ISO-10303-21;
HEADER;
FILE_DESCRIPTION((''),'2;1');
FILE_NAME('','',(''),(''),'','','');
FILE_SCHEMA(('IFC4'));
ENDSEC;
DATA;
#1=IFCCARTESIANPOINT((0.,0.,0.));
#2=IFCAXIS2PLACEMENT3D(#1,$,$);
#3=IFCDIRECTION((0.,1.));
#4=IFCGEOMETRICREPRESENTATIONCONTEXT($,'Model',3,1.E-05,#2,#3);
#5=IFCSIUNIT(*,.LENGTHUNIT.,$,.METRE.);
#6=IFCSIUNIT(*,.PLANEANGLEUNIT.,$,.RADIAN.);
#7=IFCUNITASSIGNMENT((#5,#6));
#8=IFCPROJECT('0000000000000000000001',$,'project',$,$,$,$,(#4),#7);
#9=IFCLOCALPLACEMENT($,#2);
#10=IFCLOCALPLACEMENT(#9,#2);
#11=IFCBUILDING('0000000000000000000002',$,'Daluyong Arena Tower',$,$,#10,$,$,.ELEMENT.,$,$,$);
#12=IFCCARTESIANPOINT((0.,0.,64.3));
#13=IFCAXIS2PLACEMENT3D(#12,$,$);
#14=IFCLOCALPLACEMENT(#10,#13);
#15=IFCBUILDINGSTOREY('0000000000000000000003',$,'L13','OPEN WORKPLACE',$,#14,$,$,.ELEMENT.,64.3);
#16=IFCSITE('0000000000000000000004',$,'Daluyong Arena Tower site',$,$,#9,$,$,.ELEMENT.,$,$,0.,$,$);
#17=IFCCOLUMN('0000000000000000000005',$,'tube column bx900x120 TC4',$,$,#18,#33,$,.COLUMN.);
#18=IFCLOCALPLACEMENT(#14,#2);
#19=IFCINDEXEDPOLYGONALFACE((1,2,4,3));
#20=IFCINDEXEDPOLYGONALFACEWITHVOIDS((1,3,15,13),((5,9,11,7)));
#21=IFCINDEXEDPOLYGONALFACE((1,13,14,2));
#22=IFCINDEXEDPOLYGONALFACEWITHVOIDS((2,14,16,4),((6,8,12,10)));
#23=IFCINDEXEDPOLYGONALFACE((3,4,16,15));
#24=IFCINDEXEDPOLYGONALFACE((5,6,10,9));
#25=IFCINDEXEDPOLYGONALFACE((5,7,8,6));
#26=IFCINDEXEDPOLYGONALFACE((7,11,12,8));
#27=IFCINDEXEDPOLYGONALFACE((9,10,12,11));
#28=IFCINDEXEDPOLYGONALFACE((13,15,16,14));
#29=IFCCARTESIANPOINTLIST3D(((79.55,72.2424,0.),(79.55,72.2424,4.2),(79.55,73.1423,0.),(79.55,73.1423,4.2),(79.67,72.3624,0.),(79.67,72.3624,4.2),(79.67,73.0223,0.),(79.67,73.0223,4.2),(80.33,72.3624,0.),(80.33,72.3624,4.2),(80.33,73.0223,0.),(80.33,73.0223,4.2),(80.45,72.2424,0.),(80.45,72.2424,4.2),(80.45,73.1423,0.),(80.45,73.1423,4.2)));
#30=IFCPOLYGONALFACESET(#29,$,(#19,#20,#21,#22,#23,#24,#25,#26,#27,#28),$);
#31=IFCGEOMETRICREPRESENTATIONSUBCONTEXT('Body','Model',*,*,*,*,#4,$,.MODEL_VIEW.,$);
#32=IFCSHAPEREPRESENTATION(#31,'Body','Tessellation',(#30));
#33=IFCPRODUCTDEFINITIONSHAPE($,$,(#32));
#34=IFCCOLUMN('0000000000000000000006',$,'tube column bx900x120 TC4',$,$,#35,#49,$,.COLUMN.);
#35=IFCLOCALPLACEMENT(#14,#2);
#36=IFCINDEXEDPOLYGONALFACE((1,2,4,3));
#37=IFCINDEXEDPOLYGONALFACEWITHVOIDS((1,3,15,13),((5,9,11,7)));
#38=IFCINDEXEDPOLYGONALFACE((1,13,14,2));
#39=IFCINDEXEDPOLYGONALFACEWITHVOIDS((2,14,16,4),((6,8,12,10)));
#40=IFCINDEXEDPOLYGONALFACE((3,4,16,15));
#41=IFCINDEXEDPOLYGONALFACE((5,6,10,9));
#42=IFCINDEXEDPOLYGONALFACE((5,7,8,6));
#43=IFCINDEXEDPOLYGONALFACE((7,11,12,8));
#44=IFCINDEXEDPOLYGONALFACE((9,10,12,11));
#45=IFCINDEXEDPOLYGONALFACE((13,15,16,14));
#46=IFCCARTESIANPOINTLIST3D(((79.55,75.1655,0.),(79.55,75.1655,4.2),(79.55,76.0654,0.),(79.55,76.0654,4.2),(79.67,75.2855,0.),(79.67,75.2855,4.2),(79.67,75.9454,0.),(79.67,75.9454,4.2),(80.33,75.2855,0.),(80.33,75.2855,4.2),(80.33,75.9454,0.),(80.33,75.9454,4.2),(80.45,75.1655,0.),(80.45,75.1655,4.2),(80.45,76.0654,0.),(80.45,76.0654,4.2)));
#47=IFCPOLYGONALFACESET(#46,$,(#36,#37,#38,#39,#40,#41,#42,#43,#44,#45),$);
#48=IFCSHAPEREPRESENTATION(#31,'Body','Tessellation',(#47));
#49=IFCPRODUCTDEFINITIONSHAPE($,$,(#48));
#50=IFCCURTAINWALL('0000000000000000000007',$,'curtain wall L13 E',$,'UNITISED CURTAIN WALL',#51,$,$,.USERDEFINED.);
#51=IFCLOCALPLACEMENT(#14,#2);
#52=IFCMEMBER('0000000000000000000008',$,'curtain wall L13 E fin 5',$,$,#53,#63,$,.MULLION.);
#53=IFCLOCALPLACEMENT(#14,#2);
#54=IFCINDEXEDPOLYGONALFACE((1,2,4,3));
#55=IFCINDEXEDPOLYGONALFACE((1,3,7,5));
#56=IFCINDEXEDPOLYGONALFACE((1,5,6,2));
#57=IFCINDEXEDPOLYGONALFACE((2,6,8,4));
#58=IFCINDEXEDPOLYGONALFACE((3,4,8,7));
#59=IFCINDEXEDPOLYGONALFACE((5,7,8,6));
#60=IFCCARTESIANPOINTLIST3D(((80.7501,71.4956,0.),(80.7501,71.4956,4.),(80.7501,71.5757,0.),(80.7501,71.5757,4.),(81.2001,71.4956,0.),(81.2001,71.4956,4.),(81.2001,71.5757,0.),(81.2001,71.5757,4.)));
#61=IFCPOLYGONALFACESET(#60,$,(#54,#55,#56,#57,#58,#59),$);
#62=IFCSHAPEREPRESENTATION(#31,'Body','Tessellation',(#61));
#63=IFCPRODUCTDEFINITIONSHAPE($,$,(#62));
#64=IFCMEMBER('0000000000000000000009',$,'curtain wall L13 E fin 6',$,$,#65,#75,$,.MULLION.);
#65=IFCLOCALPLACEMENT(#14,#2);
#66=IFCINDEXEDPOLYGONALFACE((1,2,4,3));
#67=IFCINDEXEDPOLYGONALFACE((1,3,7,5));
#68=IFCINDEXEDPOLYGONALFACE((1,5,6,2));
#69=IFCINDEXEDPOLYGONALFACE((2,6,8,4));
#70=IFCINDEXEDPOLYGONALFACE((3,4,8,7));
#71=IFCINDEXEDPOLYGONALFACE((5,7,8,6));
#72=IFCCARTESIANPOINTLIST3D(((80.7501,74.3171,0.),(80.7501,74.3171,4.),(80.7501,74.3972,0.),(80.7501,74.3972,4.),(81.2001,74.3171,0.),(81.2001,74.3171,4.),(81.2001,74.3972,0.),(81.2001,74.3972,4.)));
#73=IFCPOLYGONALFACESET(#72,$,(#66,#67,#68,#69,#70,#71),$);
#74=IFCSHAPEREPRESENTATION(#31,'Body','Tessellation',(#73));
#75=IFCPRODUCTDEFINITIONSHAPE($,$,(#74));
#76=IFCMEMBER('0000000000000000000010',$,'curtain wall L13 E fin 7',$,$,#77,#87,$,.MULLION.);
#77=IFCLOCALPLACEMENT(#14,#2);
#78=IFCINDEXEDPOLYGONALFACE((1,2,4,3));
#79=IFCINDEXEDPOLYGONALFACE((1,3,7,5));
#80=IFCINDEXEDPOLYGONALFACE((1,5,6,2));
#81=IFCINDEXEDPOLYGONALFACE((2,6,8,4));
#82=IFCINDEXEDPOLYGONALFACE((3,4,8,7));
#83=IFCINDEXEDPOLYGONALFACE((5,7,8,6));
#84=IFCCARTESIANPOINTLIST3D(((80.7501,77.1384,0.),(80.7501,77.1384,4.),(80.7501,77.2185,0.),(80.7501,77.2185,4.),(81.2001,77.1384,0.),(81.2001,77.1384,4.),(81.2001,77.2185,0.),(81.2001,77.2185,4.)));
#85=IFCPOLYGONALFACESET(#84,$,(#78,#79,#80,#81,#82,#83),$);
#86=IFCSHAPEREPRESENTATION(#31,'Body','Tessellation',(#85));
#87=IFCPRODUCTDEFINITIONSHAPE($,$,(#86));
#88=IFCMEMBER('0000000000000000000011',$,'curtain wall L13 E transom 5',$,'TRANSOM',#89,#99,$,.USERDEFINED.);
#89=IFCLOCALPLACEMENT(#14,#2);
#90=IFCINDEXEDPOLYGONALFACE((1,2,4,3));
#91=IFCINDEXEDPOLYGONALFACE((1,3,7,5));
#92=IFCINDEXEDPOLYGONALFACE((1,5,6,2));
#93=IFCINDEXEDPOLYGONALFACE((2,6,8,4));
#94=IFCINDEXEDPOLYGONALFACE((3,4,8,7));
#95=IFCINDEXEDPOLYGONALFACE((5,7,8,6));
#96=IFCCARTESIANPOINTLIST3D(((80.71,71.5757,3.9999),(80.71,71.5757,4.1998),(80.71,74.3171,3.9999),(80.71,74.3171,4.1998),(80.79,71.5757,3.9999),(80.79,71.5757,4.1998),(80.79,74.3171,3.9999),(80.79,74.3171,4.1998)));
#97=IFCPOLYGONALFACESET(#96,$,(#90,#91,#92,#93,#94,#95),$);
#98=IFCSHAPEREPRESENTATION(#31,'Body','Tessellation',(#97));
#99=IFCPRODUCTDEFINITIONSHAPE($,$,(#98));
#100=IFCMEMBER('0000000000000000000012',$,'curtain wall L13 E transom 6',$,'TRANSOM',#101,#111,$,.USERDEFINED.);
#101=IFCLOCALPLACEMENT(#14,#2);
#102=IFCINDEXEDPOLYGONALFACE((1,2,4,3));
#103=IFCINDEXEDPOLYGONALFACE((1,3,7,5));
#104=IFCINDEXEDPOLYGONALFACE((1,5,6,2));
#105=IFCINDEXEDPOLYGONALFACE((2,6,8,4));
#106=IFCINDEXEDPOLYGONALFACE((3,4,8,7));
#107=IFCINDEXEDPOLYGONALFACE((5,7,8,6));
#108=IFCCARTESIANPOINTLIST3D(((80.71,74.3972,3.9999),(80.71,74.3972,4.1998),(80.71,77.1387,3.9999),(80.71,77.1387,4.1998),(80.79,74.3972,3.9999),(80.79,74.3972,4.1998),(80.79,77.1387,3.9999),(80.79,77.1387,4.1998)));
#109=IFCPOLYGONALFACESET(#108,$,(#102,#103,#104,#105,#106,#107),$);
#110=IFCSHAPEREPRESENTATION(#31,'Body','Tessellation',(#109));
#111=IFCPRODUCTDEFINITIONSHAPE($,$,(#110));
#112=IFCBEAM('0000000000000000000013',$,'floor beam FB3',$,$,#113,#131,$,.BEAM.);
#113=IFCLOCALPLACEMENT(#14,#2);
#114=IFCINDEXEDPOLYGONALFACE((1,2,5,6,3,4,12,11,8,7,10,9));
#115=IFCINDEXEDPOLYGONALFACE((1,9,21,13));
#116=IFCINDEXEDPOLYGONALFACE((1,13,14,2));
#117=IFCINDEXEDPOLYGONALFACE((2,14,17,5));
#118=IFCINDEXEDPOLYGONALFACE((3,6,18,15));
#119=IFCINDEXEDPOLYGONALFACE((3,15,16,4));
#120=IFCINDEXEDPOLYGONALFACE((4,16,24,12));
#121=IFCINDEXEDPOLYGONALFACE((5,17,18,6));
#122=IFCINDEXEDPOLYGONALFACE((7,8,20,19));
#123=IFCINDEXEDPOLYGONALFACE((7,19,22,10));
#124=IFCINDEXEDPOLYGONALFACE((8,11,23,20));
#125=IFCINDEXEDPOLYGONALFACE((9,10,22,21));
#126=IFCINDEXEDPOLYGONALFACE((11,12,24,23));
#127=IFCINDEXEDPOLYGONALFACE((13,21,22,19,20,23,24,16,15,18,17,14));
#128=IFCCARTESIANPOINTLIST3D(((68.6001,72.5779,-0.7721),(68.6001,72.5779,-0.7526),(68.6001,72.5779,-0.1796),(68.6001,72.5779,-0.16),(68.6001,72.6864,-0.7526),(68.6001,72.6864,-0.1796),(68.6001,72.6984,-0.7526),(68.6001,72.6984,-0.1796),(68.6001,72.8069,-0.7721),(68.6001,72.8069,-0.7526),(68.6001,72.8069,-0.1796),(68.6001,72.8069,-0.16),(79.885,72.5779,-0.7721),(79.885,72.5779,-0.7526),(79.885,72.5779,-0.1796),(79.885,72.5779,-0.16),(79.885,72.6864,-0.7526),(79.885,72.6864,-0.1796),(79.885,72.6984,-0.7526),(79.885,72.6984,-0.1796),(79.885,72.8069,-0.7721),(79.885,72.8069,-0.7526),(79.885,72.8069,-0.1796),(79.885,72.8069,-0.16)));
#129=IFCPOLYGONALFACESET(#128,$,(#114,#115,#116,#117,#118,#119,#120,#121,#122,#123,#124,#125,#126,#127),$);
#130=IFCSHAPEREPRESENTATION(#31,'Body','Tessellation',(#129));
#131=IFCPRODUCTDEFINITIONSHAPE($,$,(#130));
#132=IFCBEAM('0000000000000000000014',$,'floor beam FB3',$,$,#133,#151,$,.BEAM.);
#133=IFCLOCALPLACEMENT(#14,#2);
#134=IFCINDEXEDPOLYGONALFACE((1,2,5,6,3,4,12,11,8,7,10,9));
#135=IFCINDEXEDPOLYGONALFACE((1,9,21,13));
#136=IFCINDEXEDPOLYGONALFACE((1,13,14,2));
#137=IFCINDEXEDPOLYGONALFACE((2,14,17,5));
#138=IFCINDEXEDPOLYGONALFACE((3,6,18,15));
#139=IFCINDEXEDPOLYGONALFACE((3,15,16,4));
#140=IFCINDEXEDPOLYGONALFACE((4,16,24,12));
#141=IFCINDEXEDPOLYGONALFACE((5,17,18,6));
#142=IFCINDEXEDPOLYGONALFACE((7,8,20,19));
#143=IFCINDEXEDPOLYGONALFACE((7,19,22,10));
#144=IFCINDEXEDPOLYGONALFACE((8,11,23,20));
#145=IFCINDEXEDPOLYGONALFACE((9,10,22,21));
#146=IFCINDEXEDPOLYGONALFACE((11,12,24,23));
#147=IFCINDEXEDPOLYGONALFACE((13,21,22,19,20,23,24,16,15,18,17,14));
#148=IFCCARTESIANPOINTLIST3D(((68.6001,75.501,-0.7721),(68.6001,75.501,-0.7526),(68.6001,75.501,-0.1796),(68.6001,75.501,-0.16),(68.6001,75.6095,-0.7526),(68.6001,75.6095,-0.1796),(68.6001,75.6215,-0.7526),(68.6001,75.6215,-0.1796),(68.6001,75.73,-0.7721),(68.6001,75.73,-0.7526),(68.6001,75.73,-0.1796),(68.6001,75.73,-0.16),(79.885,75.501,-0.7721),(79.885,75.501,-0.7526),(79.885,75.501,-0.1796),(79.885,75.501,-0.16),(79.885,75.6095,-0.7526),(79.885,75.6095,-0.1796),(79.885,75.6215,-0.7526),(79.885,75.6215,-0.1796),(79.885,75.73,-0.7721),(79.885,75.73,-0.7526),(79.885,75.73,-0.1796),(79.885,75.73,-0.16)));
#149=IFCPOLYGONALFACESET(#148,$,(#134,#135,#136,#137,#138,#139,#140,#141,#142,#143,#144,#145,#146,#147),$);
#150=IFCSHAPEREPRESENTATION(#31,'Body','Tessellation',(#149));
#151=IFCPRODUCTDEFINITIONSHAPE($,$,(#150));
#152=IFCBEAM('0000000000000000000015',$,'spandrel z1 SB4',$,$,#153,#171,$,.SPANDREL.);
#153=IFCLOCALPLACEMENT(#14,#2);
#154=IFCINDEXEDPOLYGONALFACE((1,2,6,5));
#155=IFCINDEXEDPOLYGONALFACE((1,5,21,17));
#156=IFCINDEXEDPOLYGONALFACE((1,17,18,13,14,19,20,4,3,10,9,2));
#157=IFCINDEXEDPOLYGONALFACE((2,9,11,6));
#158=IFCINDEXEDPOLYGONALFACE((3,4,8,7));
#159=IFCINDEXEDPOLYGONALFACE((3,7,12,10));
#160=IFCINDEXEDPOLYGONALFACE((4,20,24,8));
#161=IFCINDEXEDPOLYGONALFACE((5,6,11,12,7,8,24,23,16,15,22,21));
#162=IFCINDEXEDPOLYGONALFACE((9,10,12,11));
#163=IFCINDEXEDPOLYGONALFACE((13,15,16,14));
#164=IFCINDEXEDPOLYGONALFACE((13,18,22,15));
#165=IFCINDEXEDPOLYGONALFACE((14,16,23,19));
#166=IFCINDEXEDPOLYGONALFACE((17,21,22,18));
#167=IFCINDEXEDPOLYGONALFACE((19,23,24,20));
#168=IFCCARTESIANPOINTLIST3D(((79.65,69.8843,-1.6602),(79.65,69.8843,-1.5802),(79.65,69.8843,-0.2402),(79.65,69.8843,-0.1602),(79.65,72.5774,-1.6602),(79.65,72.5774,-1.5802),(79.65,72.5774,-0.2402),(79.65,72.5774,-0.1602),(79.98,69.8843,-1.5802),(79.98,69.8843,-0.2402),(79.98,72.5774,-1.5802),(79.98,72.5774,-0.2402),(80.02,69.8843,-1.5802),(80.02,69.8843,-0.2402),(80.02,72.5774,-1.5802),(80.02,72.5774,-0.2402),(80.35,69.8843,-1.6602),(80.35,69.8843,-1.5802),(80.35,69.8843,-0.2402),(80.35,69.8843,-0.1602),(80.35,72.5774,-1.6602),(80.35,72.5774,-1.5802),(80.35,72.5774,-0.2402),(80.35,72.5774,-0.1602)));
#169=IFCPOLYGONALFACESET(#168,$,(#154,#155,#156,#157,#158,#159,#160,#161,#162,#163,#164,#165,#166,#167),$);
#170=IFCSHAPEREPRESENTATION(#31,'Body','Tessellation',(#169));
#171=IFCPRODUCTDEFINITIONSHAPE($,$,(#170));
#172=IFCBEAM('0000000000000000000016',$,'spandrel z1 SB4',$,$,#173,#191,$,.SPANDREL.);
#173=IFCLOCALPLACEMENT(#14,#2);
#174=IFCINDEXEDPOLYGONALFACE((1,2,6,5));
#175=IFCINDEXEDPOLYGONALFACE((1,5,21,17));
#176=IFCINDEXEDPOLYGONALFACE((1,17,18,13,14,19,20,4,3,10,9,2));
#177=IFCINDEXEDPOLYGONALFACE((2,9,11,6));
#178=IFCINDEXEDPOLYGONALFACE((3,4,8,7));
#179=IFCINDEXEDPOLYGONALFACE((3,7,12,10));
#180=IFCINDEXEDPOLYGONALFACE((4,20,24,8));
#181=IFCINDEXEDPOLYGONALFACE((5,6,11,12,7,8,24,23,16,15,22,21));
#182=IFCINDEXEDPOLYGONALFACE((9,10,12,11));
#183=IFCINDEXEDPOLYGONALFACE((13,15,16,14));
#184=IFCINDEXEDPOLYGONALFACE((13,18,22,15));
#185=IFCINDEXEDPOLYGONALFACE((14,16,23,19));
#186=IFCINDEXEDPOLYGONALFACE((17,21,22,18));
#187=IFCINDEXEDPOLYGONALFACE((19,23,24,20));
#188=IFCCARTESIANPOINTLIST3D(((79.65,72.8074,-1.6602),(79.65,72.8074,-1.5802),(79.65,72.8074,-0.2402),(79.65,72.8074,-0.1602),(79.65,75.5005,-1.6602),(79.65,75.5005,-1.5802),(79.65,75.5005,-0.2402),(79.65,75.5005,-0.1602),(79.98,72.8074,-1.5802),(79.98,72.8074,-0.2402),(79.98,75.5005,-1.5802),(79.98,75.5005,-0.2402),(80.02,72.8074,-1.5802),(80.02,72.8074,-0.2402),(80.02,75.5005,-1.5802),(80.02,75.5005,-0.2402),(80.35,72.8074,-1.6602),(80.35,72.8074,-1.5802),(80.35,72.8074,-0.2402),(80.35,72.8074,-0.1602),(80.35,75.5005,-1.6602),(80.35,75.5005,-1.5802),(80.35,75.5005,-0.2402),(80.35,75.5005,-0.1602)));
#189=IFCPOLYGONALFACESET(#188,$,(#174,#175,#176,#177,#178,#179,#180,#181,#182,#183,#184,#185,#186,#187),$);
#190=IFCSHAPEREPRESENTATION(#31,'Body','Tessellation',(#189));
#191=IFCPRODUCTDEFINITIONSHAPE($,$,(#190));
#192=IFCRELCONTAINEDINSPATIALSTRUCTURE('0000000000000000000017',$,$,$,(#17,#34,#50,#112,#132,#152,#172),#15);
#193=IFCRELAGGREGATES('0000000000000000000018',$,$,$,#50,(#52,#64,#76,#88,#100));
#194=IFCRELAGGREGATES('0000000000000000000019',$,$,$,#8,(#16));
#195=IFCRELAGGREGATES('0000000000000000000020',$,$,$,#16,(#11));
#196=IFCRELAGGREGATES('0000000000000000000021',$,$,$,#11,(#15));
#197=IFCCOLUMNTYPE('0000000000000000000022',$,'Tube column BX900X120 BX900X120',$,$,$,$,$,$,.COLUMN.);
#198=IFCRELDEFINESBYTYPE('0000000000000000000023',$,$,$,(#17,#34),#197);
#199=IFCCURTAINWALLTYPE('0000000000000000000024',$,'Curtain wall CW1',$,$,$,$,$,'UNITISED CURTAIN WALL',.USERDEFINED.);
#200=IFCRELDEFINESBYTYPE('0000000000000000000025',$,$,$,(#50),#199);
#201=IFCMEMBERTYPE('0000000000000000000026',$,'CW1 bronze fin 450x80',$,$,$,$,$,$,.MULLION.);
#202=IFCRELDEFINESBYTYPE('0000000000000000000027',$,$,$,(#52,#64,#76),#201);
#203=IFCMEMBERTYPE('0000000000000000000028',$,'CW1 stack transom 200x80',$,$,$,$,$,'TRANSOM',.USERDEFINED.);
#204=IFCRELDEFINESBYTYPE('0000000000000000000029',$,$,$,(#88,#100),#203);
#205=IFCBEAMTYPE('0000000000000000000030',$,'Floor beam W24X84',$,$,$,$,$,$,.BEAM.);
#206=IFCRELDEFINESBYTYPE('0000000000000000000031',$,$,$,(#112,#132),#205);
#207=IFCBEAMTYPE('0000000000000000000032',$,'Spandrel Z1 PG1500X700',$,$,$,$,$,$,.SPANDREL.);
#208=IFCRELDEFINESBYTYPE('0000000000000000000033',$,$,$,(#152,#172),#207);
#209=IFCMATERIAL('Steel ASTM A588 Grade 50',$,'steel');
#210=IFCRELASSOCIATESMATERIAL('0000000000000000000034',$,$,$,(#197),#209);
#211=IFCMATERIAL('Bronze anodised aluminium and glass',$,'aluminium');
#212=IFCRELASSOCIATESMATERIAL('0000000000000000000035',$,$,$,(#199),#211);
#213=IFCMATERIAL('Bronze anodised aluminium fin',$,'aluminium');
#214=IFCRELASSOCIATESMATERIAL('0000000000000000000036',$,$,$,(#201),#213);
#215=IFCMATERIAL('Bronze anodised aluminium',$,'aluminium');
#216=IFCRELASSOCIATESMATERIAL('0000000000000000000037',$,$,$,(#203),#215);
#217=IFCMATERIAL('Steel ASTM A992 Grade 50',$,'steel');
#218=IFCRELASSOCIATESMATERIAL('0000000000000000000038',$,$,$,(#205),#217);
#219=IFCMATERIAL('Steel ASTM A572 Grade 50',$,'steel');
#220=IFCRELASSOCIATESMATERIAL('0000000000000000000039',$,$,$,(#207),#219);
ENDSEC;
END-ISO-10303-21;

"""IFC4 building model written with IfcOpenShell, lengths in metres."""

from ifc_helpers import new_model, si_unit, direction, frame, origin, origin_2d, place, context, subcontext, project, spatial, rectangle, hollow_rectangle, i_section, extrude, material, material_profile, profile_set, type_object, element, aggregate, save


model = new_model("IFC4")

# Units and contexts
model_context = context("Model", 3, precision=1e-05, world=origin(), true_north=direction((0.0, 1.0)))
body_context = subcontext(model_context, "Body", "Model", "MODEL_VIEW")
ifc_project = project(units=[si_unit("LENGTHUNIT", "METRE"), si_unit("PLANEANGLEUNIT", "RADIAN")], contexts=[model_context])

# Site, building, storey
site_placement = place(None, origin())
site = spatial("IfcSite", under=ifc_project, at=site_placement, Name="Daluyong Arena Tower site", CompositionType="ELEMENT", RefElevation=0.0)
building_placement = place(site_placement, origin())
building = spatial("IfcBuilding", under=site, at=building_placement, Name="Daluyong Arena Tower", CompositionType="ELEMENT")
storey_placement = place(building_placement, frame((0.0, 0.0, 64.3)))
storey = spatial("IfcBuildingStorey", under=building, at=storey_placement, Name="L13", Description="OPEN WORKPLACE", CompositionType="ELEMENT", Elevation=64.3)

# Columns
ifc_material_1 = material(Name="Steel ASTM A588 Grade 50", Category="steel")
ifc_material_profile_1 = material_profile(ifc_material_1, hollow_rectangle(XDim=0.8999, YDim=0.8999, WallThickness=0.12, at=origin_2d()))
ifc_profile_set_1 = profile_set([ifc_material_profile_1], Name="Steel ASTM A588 Grade 50")
column_type = type_object("IfcColumnType", Name="Tube column BX900X120 BX900X120", PredefinedType="COLUMN", material=ifc_profile_set_1)
for number, where, z_axis, x_axis, name in (
    (1, (80.0, 72.6924, 0.0), (0.0, 0.0, 1.0), (0.0, 1.0, 0.0), "tube column bx900x120 TC4"),
    (2, (80.0, 75.6155, 0.0), (0.0, 0.0, 1.0), (0.0, 1.0, 0.0), "tube column bx900x120 TC4"),
):
    element("IfcColumn", number, at=place(storey_placement, frame(where, z_axis=z_axis, x_axis=x_axis)), inside=storey, type_object=column_type, Name=name, PredefinedType="COLUMN", context=body_context, shape_type="SweptSolid", body=[
        extrude(hollow_rectangle(XDim=0.8999, YDim=0.8999, WallThickness=0.12, at=origin_2d()), origin(), (0.0, 0.0, 1.0), 4.2),
    ])

# Curtain wall, members
ifc_material_2 = material(Name="Bronze anodised aluminium and glass", Category="aluminium")
curtain_wall_type = type_object("IfcCurtainWallType", Name="Curtain wall CW1", ElementType="UNITISED CURTAIN WALL", PredefinedType="USERDEFINED", material=ifc_material_2)
curtain_wall_placement = place(storey_placement, origin())
curtain_wall = element("IfcCurtainWall", 3, at=curtain_wall_placement, inside=storey, type_object=curtain_wall_type, Name="curtain wall L13 E", ObjectType="UNITISED CURTAIN WALL", PredefinedType="USERDEFINED")
ifc_material_3 = material(Name="Bronze anodised aluminium fin", Category="aluminium")
ifc_material_profile_2 = material_profile(ifc_material_3, rectangle(XDim=0.45, YDim=0.0801, at=origin_2d()))
ifc_profile_set_2 = profile_set([ifc_material_profile_2], Name="Bronze anodised aluminium fin")
member_type_1 = type_object("IfcMemberType", Name="CW1 bronze fin 450x80", PredefinedType="MULLION", material=ifc_profile_set_2)
member_1_placement = place(storey_placement, frame((80.9751, 71.5356, 0.0), z_axis=(0.0, 0.0, 1.0), x_axis=(-1.0, 0.0, 0.0)))
member_1 = element("IfcMember", 4, at=member_1_placement, type_object=member_type_1, Name="curtain wall L13 E fin 5", PredefinedType="MULLION", context=body_context, shape_type="SweptSolid", body=[
    extrude(rectangle(XDim=0.45, YDim=0.0801, at=origin_2d()), origin(), (0.0, 0.0, 1.0), 4.0),
])
member_2_placement = place(storey_placement, frame((80.9751, 74.3572, 0.0), z_axis=(0.0, 0.0, 1.0), x_axis=(-1.0, 0.0, 0.0)))
member_2 = element("IfcMember", 5, at=member_2_placement, type_object=member_type_1, Name="curtain wall L13 E fin 6", PredefinedType="MULLION", context=body_context, shape_type="SweptSolid", body=[
    extrude(rectangle(XDim=0.45, YDim=0.0801, at=origin_2d()), origin(), (0.0, 0.0, 1.0), 4.0),
])
member_3_placement = place(storey_placement, frame((80.9751, 77.1785, 0.0), z_axis=(0.0, 0.0, 1.0), x_axis=(-1.0, 0.0, 0.0)))
member_3 = element("IfcMember", 6, at=member_3_placement, type_object=member_type_1, Name="curtain wall L13 E fin 7", PredefinedType="MULLION", context=body_context, shape_type="SweptSolid", body=[
    extrude(rectangle(XDim=0.45, YDim=0.0801, at=origin_2d()), origin(), (0.0, 0.0, 1.0), 4.0),
])
ifc_material_4 = material(Name="Bronze anodised aluminium", Category="aluminium")
ifc_material_profile_3 = material_profile(ifc_material_4, rectangle(XDim=0.0801, YDim=0.2, at=origin_2d()))
ifc_profile_set_3 = profile_set([ifc_material_profile_3], Name="Bronze anodised aluminium")
member_type_2 = type_object("IfcMemberType", Name="CW1 stack transom 200x80", ElementType="TRANSOM", PredefinedType="USERDEFINED", material=ifc_profile_set_3)
member_4_placement = place(storey_placement, frame((80.75, 71.5757, 4.0999), z_axis=(0.0, 1.0, 0.0), x_axis=(-1.0, 0.0, 0.0)))
member_4 = element("IfcMember", 7, at=member_4_placement, type_object=member_type_2, Name="curtain wall L13 E transom 5", ObjectType="TRANSOM", PredefinedType="USERDEFINED", context=body_context, shape_type="SweptSolid", body=[
    extrude(rectangle(XDim=0.0801, YDim=0.2, at=origin_2d()), origin(), (0.0, 0.0, 1.0), 2.7415),
])
member_5_placement = place(storey_placement, frame((80.75, 74.3972, 4.0999), z_axis=(0.0, 1.0, 0.0), x_axis=(-1.0, 0.0, 0.0)))
member_5 = element("IfcMember", 8, at=member_5_placement, type_object=member_type_2, Name="curtain wall L13 E transom 6", ObjectType="TRANSOM", PredefinedType="USERDEFINED", context=body_context, shape_type="SweptSolid", body=[
    extrude(rectangle(XDim=0.0801, YDim=0.2, at=origin_2d()), origin(), (0.0, 0.0, 1.0), 2.7415),
])

# Beams
ifc_material_5 = material(Name="Steel ASTM A992 Grade 50", Category="steel")
ifc_material_profile_4 = material_profile(ifc_material_5, i_section(OverallWidth=0.229, OverallDepth=0.6121, WebThickness=0.012, FlangeThickness=0.0195, at=origin_2d()))
ifc_profile_set_4 = profile_set([ifc_material_profile_4], Name="Steel ASTM A992 Grade 50")
beam_type_1 = type_object("IfcBeamType", Name="Floor beam W24X84", PredefinedType="BEAM", material=ifc_profile_set_4)
for number, where, z_axis, x_axis, name in (
    (9, (79.885, 72.6924, -0.4661), (-1.0, 0.0, 0.0), (0.0, -1.0, 0.0), "floor beam FB3"),
    (10, (79.885, 75.6155, -0.4661), (-1.0, 0.0, 0.0), (0.0, -1.0, 0.0), "floor beam FB3"),
):
    element("IfcBeam", number, at=place(storey_placement, frame(where, z_axis=z_axis, x_axis=x_axis)), inside=storey, type_object=beam_type_1, Name=name, PredefinedType="BEAM", context=body_context, shape_type="SweptSolid", body=[
        extrude(i_section(OverallWidth=0.229, OverallDepth=0.6121, WebThickness=0.012, FlangeThickness=0.0195, at=origin_2d()), origin(), (0.0, 0.0, 1.0), 11.2849),
    ])
ifc_material_6 = material(Name="Steel ASTM A572 Grade 50", Category="steel")
ifc_material_profile_5 = material_profile(ifc_material_6, i_section(OverallWidth=0.7, OverallDepth=1.5, WebThickness=0.04, FlangeThickness=0.08, at=origin_2d()))
ifc_profile_set_5 = profile_set([ifc_material_profile_5], Name="Steel ASTM A572 Grade 50")
beam_type_2 = type_object("IfcBeamType", Name="Spandrel Z1 PG1500X700", PredefinedType="SPANDREL", material=ifc_profile_set_5)
for number, where, z_axis, x_axis, name in (
    (11, (80.0, 69.8843, -0.9102), (0.0, 1.0, 0.0), (-1.0, 0.0, 0.0), "spandrel z1 SB4"),
    (12, (80.0, 72.8074, -0.9102), (0.0, 1.0, 0.0), (-1.0, 0.0, 0.0), "spandrel z1 SB4"),
):
    element("IfcBeam", number, at=place(storey_placement, frame(where, z_axis=z_axis, x_axis=x_axis)), inside=storey, type_object=beam_type_2, Name=name, PredefinedType="SPANDREL", context=body_context, shape_type="SweptSolid", body=[
        extrude(i_section(OverallWidth=0.7, OverallDepth=1.5, WebThickness=0.04, FlangeThickness=0.08, at=origin_2d()), origin(), (0.0, 0.0, 1.0), 2.6931),
    ])

aggregate(curtain_wall, [member_1, member_2, member_3, member_4, member_5])

save(model, "model.ifc")
